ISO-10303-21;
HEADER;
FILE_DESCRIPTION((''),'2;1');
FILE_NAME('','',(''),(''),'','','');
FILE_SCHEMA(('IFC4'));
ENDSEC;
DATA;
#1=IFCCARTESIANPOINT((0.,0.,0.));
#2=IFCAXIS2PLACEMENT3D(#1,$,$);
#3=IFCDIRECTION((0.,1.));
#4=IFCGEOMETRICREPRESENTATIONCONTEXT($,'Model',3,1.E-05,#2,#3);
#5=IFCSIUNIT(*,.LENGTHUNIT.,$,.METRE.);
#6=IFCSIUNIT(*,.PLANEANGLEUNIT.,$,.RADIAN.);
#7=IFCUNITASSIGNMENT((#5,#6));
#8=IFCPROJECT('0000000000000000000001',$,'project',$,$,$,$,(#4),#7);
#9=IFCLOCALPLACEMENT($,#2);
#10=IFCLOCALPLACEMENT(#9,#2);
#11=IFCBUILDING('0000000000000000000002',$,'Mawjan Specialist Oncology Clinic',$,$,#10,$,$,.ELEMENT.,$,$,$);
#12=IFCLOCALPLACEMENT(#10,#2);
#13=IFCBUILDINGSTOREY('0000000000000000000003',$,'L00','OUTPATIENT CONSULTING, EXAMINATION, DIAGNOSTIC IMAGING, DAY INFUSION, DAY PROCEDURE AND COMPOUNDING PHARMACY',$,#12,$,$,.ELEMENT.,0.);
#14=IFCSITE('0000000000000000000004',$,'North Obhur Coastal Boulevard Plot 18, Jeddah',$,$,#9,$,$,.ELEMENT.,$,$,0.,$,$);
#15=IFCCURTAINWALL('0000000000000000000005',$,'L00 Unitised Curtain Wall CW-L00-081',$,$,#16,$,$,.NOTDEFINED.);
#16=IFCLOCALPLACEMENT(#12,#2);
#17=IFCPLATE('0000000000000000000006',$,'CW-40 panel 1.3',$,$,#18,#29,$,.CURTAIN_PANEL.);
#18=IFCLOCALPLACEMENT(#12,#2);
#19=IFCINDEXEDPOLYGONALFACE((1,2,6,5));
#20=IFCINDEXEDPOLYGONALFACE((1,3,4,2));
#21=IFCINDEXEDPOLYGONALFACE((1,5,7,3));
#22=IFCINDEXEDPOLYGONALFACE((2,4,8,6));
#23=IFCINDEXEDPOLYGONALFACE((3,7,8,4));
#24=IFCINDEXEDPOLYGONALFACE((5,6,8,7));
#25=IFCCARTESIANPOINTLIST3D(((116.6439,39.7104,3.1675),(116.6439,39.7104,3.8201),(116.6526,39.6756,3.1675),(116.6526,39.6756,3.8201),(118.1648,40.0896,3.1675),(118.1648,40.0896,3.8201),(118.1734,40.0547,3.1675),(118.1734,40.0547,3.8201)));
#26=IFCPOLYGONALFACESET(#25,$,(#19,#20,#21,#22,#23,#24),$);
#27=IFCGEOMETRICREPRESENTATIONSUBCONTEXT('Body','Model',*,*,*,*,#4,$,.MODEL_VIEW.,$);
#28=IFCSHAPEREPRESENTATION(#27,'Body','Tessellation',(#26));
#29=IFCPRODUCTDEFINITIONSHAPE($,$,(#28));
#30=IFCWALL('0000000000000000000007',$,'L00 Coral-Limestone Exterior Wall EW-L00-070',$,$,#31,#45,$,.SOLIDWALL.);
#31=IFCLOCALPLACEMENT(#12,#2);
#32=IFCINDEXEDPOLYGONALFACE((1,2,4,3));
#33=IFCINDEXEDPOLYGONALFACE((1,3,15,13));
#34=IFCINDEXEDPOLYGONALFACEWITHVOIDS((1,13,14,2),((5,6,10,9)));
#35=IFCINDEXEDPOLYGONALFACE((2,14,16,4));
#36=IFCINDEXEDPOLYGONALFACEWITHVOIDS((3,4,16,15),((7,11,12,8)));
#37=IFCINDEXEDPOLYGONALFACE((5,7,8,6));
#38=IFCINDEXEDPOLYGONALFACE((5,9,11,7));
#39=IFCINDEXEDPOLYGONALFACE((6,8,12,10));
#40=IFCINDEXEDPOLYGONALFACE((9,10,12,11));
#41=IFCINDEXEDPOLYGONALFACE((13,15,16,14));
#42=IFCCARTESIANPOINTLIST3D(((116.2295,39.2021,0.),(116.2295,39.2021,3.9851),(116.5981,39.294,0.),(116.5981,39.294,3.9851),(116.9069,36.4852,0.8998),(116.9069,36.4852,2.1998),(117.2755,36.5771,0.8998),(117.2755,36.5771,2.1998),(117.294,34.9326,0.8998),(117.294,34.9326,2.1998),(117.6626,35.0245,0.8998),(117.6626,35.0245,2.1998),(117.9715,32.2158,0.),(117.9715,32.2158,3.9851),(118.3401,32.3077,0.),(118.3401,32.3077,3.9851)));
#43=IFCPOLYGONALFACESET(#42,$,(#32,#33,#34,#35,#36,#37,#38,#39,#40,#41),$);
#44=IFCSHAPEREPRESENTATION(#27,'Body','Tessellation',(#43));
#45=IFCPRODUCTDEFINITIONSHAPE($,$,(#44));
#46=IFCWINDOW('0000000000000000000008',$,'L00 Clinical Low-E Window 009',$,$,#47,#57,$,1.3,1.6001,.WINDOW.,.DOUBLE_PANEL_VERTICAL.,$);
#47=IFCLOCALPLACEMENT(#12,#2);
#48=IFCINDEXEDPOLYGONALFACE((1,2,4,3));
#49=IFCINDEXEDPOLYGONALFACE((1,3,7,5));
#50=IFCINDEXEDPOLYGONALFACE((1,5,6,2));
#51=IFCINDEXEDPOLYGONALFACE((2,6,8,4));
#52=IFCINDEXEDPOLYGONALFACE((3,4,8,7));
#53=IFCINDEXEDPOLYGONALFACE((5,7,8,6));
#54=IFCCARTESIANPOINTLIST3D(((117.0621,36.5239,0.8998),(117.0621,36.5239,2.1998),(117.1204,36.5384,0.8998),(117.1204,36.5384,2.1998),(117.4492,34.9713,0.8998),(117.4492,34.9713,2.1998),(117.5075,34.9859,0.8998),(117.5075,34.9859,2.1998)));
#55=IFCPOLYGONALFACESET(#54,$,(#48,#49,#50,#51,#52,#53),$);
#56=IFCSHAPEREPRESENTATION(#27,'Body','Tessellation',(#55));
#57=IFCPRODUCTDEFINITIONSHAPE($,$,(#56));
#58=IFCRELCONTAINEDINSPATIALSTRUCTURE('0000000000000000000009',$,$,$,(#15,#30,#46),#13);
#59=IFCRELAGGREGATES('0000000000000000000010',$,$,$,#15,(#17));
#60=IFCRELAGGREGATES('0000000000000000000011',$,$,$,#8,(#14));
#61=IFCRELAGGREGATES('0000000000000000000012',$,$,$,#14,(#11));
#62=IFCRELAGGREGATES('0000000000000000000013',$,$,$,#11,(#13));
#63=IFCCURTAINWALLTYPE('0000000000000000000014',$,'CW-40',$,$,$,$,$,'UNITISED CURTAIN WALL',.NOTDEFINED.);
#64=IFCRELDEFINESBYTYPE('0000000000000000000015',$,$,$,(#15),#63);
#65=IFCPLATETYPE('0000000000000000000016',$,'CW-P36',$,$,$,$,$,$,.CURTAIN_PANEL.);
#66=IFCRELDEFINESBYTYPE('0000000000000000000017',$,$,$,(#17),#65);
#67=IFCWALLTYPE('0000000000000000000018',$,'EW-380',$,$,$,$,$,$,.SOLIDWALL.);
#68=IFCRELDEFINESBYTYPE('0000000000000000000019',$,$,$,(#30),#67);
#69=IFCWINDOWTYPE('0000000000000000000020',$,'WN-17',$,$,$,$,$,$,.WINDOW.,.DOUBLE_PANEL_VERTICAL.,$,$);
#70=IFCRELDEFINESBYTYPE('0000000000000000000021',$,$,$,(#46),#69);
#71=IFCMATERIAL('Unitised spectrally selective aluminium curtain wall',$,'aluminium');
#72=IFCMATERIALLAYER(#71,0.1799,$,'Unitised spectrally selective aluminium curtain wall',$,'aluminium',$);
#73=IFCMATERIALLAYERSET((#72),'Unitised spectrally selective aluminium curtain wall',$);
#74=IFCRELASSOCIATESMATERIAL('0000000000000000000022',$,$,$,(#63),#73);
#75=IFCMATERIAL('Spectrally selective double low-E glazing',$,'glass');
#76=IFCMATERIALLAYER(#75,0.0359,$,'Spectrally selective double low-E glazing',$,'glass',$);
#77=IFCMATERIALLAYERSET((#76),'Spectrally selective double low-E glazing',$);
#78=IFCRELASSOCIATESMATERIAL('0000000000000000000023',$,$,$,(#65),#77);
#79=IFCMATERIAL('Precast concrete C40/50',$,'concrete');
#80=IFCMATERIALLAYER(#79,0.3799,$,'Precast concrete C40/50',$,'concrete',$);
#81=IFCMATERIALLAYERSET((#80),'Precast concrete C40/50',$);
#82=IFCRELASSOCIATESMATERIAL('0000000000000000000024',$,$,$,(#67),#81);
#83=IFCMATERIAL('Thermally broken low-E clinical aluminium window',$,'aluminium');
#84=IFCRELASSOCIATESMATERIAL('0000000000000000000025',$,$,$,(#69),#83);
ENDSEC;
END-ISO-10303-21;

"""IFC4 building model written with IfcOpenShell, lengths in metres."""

from ifc_helpers import new_model, si_unit, direction, frame, frame_2d, origin, origin_2d, place, context, subcontext, project, spatial, rectangle, extrude, material, layer, layer_set, type_object, element, fill, aggregate, save


model = new_model("IFC4")

# Units and contexts
model_context = context("Model", 3, precision=1e-05, world=origin(), true_north=direction((0.0, 1.0)))
body_context = subcontext(model_context, "Body", "Model", "MODEL_VIEW")
ifc_project = project(units=[si_unit("LENGTHUNIT", "METRE"), si_unit("PLANEANGLEUNIT", "RADIAN")], contexts=[model_context])

# Site, building, storey
site_placement = place(None, origin())
site = spatial("IfcSite", under=ifc_project, at=site_placement, Name="North Obhur Coastal Boulevard Plot 18, Jeddah", CompositionType="ELEMENT", RefElevation=0.0)
building_placement = place(site_placement, origin())
building = spatial("IfcBuilding", under=site, at=building_placement, Name="Mawjan Specialist Oncology Clinic", CompositionType="ELEMENT")
storey_placement = place(building_placement, origin())
storey = spatial("IfcBuildingStorey", under=building, at=storey_placement, Name="L00", Description="OUTPATIENT CONSULTING, EXAMINATION, DIAGNOSTIC IMAGING, DAY INFUSION, DAY PROCEDURE AND COMPOUNDING PHARMACY", CompositionType="ELEMENT", Elevation=0.0)

# Curtain wall
ifc_material_1 = material(Name="Unitised spectrally selective aluminium curtain wall", Category="aluminium")
ifc_layer_1 = layer(ifc_material_1, 0.1799, Name="Unitised spectrally selective aluminium curtain wall", Category="aluminium")
ifc_layer_set_1 = layer_set([ifc_layer_1], Name="Unitised spectrally selective aluminium curtain wall")
curtain_wall_type_1 = type_object("IfcCurtainWallType", Name="CW-40", ElementType="UNITISED CURTAIN WALL", PredefinedType="NOTDEFINED", material=ifc_layer_set_1)
curtain_wall_1_placement = place(storey_placement, origin())
curtain_wall_1 = element("IfcCurtainWall", 1, at=curtain_wall_1_placement, inside=storey, type_object=curtain_wall_type_1, Name="L00 Unitised Curtain Wall CW-L00-081", PredefinedType="NOTDEFINED")

# Plate
ifc_material_2 = material(Name="Spectrally selective double low-E glazing", Category="glass")
ifc_layer_2 = layer(ifc_material_2, 0.0359, Name="Spectrally selective double low-E glazing", Category="glass")
ifc_layer_set_2 = layer_set([ifc_layer_2], Name="Spectrally selective double low-E glazing")
plate_type = type_object("IfcPlateType", Name="CW-P36", PredefinedType="CURTAIN_PANEL", material=ifc_layer_set_2)
plate_1_placement = place(storey_placement, frame((117.4087, 39.8826, 3.1675), z_axis=(0.0, 0.0, 1.0), x_axis=(0.970296, 0.241922, 0.0)))
plate_1 = element("IfcPlate", 2, at=plate_1_placement, type_object=plate_type, Name="CW-40 panel 1.3", PredefinedType="CURTAIN_PANEL", context=body_context, shape_type="SweptSolid", body=[
    extrude(rectangle(XDim=1.5674, YDim=0.0359, at=origin_2d()), origin(), (0.0, 0.0, 1.0), 0.6526),
])
aggregate(curtain_wall_1, [plate_1])

# Wall, opening, window
ifc_material_3 = material(Name="Precast concrete C40/50", Category="concrete")
ifc_layer_3 = layer(ifc_material_3, 0.3799, Name="Precast concrete C40/50", Category="concrete")
ifc_layer_set_3 = layer_set([ifc_layer_3], Name="Precast concrete C40/50")
wall_type = type_object("IfcWallType", Name="EW-380", PredefinedType="SOLIDWALL", material=ifc_layer_set_3)
wall_placement = place(storey_placement, frame((118.1558, 32.2617, 0.0), z_axis=(0.0, 0.0, 1.0), x_axis=(-0.241929, 0.970294, 0.0)))
wall = element("IfcWall", 3, at=wall_placement, inside=storey, type_object=wall_type, Name="L00 Coral-Limestone Exterior Wall EW-L00-070", PredefinedType="SOLIDWALL", context=body_context, shape_type="SweptSolid", body=[
    extrude(rectangle(XDim=7.2002, YDim=0.3799, at=frame_2d((3.6001, 0.0))), origin(), (0.0, 0.0, 1.0), 3.9851),
])
opening_placement = place(wall_placement, frame((2.8, 0.0, 0.8999)))
opening = element("IfcOpeningElement", 4, at=opening_placement, cuts=wall, PredefinedType="OPENING", context=body_context, shape_type="SweptSolid", body=[
    extrude(rectangle(XDim=1.6001, YDim=1.3, at=frame_2d((0.8, 0.6499))), frame((0.0, 0.2019, 0.0), z_axis=(0.0, -1.0, 0.0), x_axis=(1.0, 0.0, 0.0)), (0.0, 0.0, 1.0), 0.4038),
])
ifc_material_4 = material(Name="Thermally broken low-E clinical aluminium window", Category="aluminium")
window_type = type_object("IfcWindowType", Name="WN-17", PartitioningType="DOUBLE_PANEL_VERTICAL", PredefinedType="WINDOW", material=ifc_material_4)
window_placement = place(opening_placement, origin())
window = element("IfcWindow", 5, at=window_placement, inside=storey, type_object=window_type, Name="L00 Clinical Low-E Window 009", OverallHeight=1.3, OverallWidth=1.6001, PartitioningType="DOUBLE_PANEL_VERTICAL", PredefinedType="WINDOW", context=body_context, shape_type="SweptSolid", body=[
    extrude(rectangle(XDim=1.6001, YDim=1.3, at=frame_2d((0.8, 0.6499))), frame((0.0, 0.03, 0.0), z_axis=(0.0, -1.0, 0.0), x_axis=(1.0, 0.0, 0.0)), (0.0, 0.0, 1.0), 0.0601),
])
fill(opening, window)

save(model, "model.ifc")
